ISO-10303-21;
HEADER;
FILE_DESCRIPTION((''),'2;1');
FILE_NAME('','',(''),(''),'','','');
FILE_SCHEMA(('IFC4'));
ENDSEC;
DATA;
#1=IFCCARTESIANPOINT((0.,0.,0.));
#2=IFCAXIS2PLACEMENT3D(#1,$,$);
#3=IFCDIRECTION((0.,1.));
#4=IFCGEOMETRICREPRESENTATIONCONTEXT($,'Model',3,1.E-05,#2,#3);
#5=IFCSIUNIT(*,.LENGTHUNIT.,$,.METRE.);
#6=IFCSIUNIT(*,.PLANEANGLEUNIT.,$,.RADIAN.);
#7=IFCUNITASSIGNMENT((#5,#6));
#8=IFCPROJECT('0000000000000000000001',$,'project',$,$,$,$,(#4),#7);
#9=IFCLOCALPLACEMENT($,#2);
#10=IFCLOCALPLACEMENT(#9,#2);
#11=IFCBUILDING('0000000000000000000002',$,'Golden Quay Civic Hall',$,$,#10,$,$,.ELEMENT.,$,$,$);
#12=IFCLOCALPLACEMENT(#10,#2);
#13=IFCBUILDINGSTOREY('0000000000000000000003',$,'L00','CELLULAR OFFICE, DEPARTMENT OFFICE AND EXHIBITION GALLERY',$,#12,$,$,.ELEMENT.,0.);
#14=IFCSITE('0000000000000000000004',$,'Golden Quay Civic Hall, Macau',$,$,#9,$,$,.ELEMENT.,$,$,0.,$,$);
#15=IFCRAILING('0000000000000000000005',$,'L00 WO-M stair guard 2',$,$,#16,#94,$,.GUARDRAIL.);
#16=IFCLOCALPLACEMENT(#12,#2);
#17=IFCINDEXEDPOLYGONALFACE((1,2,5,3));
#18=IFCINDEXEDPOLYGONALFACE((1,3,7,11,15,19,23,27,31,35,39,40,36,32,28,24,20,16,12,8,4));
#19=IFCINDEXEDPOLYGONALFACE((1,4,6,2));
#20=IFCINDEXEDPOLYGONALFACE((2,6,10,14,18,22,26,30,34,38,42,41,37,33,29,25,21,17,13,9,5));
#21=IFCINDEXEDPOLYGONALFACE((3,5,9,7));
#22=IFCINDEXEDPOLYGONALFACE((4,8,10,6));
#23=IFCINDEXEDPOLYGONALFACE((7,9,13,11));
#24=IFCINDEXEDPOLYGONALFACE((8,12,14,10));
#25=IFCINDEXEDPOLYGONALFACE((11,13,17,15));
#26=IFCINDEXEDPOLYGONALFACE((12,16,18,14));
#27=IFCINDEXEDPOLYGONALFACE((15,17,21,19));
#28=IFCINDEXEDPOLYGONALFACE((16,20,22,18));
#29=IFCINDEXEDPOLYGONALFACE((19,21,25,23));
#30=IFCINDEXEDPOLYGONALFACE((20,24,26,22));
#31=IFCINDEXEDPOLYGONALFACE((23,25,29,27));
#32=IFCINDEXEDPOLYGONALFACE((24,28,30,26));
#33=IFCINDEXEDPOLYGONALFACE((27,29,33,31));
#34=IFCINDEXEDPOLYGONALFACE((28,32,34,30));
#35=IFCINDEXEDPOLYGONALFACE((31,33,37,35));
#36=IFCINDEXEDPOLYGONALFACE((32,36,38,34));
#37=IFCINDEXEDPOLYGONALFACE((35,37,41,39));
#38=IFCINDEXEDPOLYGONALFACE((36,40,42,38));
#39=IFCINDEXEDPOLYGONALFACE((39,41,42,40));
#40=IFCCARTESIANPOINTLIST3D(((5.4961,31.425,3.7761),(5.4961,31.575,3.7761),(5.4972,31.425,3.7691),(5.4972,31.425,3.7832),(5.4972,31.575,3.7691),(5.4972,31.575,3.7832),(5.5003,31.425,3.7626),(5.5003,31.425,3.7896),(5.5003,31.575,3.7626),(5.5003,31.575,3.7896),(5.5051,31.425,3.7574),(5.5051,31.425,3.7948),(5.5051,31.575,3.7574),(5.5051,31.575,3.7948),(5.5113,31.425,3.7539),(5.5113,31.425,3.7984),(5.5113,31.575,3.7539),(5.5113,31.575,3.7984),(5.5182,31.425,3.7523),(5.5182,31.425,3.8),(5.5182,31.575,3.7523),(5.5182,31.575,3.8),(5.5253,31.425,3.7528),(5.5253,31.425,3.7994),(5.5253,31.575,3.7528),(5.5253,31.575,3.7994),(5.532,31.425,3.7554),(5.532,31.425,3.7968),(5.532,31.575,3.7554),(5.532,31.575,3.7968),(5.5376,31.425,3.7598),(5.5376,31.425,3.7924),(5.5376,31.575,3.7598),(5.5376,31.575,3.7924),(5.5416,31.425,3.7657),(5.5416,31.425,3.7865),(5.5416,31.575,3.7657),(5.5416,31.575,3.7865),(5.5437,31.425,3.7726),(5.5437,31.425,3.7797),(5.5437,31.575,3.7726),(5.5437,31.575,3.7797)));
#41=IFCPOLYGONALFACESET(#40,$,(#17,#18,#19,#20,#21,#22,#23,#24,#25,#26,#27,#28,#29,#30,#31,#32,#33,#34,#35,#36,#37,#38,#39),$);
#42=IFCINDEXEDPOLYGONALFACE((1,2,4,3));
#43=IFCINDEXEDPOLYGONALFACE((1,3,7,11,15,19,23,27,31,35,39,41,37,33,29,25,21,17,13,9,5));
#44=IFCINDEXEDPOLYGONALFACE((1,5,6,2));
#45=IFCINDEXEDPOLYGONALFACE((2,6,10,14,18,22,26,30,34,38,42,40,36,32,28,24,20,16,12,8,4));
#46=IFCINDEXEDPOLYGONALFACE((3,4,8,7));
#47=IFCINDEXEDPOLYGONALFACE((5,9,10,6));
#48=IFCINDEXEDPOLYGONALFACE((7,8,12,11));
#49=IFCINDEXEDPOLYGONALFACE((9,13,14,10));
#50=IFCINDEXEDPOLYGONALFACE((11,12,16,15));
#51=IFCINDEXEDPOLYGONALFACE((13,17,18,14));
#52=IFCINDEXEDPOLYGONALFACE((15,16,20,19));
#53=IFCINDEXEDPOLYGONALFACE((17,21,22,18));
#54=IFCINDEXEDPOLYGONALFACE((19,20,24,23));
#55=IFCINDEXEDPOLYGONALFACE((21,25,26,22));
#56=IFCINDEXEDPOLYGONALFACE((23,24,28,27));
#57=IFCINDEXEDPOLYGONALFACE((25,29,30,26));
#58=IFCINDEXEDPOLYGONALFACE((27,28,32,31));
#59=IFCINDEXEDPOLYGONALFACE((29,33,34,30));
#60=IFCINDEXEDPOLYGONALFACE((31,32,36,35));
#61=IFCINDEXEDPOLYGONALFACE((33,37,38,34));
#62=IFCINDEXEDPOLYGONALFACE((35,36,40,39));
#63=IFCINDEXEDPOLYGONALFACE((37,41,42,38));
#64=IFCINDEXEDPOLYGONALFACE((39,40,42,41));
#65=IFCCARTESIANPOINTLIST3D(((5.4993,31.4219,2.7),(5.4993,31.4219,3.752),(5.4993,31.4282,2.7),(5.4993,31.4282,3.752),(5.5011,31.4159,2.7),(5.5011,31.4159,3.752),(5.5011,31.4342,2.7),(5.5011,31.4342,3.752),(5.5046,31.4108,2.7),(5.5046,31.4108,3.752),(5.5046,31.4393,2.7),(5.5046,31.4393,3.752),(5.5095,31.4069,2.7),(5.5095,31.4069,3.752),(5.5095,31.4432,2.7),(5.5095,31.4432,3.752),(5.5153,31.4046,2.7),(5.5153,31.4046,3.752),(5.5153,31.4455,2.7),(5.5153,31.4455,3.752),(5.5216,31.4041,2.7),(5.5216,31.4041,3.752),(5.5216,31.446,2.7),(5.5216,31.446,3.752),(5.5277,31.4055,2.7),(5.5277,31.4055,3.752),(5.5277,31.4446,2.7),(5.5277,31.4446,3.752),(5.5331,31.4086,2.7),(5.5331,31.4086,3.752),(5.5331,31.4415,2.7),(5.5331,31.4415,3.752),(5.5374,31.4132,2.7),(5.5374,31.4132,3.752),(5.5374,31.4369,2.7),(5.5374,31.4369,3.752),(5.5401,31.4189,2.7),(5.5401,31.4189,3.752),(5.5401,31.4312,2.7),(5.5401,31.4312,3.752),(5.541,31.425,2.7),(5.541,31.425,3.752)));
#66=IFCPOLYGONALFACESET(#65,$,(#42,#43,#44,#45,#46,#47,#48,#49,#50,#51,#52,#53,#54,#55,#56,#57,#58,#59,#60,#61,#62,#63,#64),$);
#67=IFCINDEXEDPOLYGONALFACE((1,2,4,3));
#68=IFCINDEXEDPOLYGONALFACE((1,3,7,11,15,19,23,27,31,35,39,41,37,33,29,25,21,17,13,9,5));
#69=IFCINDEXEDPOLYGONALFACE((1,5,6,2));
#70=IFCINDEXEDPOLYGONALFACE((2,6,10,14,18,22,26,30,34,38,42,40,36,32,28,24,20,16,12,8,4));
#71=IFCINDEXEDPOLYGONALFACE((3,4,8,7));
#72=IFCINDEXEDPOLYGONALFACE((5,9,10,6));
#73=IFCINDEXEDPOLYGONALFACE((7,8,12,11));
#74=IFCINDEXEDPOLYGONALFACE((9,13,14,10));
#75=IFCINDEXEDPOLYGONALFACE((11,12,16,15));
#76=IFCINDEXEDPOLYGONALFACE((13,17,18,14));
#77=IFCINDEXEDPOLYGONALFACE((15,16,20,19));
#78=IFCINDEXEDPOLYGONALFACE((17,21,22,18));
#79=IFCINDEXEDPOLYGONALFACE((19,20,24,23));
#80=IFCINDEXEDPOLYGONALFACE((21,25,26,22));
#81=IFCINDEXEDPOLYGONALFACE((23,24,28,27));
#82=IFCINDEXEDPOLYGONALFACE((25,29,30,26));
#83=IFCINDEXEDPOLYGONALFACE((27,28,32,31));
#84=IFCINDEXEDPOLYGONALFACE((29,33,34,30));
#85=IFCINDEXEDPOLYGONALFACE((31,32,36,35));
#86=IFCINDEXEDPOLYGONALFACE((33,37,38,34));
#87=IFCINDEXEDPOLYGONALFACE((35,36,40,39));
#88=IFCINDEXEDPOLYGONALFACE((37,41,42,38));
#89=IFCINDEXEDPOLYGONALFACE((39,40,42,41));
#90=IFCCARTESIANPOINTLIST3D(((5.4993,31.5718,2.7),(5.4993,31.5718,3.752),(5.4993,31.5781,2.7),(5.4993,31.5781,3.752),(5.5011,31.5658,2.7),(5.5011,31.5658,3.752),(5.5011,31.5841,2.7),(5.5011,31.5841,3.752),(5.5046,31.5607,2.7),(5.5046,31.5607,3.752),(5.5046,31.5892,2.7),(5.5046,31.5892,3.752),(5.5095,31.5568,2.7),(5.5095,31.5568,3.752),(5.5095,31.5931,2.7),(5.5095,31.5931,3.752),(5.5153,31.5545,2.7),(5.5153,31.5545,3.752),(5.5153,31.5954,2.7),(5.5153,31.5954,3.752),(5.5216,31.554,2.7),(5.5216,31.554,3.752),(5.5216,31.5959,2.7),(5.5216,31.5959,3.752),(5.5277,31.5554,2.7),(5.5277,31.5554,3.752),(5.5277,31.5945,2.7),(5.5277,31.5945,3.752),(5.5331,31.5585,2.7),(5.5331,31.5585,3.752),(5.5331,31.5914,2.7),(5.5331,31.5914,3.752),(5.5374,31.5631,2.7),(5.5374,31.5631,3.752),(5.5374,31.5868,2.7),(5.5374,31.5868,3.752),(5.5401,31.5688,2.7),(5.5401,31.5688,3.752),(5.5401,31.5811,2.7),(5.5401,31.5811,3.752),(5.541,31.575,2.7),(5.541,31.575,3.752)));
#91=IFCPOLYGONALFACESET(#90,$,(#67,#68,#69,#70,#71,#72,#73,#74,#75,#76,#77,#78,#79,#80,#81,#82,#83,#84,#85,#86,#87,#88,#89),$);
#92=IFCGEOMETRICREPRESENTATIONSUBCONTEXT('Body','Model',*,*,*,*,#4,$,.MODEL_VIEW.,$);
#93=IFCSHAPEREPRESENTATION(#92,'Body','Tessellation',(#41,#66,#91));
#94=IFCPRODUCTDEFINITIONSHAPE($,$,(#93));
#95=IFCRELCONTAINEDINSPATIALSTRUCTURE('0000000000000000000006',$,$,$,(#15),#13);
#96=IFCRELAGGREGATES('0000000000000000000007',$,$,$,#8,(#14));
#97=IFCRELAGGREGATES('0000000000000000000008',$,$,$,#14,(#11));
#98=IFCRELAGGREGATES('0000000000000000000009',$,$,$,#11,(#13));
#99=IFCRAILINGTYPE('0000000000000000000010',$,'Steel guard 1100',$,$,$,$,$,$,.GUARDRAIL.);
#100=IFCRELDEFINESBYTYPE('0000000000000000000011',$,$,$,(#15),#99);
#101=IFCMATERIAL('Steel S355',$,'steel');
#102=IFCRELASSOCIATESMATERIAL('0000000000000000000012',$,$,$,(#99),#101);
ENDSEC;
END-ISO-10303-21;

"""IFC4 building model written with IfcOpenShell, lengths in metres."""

from ifc_helpers import new_model, si_unit, direction, frame, origin, origin_2d, place, context, subcontext, project, spatial, circle, extrude, material, type_object, element, save


model = new_model("IFC4")

# Units and contexts
model_context = context("Model", 3, precision=1e-05, world=origin(), true_north=direction((0.0, 1.0)))
body_context = subcontext(model_context, "Body", "Model", "MODEL_VIEW")
ifc_project = project(units=[si_unit("LENGTHUNIT", "METRE"), si_unit("PLANEANGLEUNIT", "RADIAN")], contexts=[model_context])

# Site, building, storey
site_placement = place(None, origin())
site = spatial("IfcSite", under=ifc_project, at=site_placement, Name="Golden Quay Civic Hall, Macau", CompositionType="ELEMENT", RefElevation=0.0)
building_placement = place(site_placement, origin())
building = spatial("IfcBuilding", under=site, at=building_placement, Name="Golden Quay Civic Hall", CompositionType="ELEMENT")
storey_placement = place(building_placement, origin())
storey = spatial("IfcBuildingStorey", under=building, at=storey_placement, Name="L00", Description="CELLULAR OFFICE, DEPARTMENT OFFICE AND EXHIBITION GALLERY", CompositionType="ELEMENT", Elevation=0.0)

# Railing
ifc_material_1 = material(Name="Steel S355", Category="steel")
railing_type_1 = type_object("IfcRailingType", Name="Steel guard 1100", PredefinedType="GUARDRAIL", material=ifc_material_1)
railing_1_placement = place(storey_placement, frame((5.52, 31.425, 2.7)))
element("IfcRailing", 1, at=railing_1_placement, inside=storey, type_object=railing_type_1, Name="L00 WO-M stair guard 2", PredefinedType="GUARDRAIL", context=body_context, shape_type="SweptSolid", body=[
    extrude(circle(Radius=0.0239, at=origin_2d()), frame((0.0, 0.0, 1.0762), z_axis=(0.0, 1.0, 0.0), x_axis=(-1.0, 0.0, 0.0)), (0.0, 0.0, 1.0), 0.1499),
    extrude(circle(Radius=0.021, at=origin_2d()), origin(), (0.0, 0.0, 1.0), 1.052),
    extrude(circle(Radius=0.021, at=origin_2d()), frame((0.0, 0.1499, 0.0)), (0.0, 0.0, 1.0), 1.052),
])

save(model, "model.ifc")
